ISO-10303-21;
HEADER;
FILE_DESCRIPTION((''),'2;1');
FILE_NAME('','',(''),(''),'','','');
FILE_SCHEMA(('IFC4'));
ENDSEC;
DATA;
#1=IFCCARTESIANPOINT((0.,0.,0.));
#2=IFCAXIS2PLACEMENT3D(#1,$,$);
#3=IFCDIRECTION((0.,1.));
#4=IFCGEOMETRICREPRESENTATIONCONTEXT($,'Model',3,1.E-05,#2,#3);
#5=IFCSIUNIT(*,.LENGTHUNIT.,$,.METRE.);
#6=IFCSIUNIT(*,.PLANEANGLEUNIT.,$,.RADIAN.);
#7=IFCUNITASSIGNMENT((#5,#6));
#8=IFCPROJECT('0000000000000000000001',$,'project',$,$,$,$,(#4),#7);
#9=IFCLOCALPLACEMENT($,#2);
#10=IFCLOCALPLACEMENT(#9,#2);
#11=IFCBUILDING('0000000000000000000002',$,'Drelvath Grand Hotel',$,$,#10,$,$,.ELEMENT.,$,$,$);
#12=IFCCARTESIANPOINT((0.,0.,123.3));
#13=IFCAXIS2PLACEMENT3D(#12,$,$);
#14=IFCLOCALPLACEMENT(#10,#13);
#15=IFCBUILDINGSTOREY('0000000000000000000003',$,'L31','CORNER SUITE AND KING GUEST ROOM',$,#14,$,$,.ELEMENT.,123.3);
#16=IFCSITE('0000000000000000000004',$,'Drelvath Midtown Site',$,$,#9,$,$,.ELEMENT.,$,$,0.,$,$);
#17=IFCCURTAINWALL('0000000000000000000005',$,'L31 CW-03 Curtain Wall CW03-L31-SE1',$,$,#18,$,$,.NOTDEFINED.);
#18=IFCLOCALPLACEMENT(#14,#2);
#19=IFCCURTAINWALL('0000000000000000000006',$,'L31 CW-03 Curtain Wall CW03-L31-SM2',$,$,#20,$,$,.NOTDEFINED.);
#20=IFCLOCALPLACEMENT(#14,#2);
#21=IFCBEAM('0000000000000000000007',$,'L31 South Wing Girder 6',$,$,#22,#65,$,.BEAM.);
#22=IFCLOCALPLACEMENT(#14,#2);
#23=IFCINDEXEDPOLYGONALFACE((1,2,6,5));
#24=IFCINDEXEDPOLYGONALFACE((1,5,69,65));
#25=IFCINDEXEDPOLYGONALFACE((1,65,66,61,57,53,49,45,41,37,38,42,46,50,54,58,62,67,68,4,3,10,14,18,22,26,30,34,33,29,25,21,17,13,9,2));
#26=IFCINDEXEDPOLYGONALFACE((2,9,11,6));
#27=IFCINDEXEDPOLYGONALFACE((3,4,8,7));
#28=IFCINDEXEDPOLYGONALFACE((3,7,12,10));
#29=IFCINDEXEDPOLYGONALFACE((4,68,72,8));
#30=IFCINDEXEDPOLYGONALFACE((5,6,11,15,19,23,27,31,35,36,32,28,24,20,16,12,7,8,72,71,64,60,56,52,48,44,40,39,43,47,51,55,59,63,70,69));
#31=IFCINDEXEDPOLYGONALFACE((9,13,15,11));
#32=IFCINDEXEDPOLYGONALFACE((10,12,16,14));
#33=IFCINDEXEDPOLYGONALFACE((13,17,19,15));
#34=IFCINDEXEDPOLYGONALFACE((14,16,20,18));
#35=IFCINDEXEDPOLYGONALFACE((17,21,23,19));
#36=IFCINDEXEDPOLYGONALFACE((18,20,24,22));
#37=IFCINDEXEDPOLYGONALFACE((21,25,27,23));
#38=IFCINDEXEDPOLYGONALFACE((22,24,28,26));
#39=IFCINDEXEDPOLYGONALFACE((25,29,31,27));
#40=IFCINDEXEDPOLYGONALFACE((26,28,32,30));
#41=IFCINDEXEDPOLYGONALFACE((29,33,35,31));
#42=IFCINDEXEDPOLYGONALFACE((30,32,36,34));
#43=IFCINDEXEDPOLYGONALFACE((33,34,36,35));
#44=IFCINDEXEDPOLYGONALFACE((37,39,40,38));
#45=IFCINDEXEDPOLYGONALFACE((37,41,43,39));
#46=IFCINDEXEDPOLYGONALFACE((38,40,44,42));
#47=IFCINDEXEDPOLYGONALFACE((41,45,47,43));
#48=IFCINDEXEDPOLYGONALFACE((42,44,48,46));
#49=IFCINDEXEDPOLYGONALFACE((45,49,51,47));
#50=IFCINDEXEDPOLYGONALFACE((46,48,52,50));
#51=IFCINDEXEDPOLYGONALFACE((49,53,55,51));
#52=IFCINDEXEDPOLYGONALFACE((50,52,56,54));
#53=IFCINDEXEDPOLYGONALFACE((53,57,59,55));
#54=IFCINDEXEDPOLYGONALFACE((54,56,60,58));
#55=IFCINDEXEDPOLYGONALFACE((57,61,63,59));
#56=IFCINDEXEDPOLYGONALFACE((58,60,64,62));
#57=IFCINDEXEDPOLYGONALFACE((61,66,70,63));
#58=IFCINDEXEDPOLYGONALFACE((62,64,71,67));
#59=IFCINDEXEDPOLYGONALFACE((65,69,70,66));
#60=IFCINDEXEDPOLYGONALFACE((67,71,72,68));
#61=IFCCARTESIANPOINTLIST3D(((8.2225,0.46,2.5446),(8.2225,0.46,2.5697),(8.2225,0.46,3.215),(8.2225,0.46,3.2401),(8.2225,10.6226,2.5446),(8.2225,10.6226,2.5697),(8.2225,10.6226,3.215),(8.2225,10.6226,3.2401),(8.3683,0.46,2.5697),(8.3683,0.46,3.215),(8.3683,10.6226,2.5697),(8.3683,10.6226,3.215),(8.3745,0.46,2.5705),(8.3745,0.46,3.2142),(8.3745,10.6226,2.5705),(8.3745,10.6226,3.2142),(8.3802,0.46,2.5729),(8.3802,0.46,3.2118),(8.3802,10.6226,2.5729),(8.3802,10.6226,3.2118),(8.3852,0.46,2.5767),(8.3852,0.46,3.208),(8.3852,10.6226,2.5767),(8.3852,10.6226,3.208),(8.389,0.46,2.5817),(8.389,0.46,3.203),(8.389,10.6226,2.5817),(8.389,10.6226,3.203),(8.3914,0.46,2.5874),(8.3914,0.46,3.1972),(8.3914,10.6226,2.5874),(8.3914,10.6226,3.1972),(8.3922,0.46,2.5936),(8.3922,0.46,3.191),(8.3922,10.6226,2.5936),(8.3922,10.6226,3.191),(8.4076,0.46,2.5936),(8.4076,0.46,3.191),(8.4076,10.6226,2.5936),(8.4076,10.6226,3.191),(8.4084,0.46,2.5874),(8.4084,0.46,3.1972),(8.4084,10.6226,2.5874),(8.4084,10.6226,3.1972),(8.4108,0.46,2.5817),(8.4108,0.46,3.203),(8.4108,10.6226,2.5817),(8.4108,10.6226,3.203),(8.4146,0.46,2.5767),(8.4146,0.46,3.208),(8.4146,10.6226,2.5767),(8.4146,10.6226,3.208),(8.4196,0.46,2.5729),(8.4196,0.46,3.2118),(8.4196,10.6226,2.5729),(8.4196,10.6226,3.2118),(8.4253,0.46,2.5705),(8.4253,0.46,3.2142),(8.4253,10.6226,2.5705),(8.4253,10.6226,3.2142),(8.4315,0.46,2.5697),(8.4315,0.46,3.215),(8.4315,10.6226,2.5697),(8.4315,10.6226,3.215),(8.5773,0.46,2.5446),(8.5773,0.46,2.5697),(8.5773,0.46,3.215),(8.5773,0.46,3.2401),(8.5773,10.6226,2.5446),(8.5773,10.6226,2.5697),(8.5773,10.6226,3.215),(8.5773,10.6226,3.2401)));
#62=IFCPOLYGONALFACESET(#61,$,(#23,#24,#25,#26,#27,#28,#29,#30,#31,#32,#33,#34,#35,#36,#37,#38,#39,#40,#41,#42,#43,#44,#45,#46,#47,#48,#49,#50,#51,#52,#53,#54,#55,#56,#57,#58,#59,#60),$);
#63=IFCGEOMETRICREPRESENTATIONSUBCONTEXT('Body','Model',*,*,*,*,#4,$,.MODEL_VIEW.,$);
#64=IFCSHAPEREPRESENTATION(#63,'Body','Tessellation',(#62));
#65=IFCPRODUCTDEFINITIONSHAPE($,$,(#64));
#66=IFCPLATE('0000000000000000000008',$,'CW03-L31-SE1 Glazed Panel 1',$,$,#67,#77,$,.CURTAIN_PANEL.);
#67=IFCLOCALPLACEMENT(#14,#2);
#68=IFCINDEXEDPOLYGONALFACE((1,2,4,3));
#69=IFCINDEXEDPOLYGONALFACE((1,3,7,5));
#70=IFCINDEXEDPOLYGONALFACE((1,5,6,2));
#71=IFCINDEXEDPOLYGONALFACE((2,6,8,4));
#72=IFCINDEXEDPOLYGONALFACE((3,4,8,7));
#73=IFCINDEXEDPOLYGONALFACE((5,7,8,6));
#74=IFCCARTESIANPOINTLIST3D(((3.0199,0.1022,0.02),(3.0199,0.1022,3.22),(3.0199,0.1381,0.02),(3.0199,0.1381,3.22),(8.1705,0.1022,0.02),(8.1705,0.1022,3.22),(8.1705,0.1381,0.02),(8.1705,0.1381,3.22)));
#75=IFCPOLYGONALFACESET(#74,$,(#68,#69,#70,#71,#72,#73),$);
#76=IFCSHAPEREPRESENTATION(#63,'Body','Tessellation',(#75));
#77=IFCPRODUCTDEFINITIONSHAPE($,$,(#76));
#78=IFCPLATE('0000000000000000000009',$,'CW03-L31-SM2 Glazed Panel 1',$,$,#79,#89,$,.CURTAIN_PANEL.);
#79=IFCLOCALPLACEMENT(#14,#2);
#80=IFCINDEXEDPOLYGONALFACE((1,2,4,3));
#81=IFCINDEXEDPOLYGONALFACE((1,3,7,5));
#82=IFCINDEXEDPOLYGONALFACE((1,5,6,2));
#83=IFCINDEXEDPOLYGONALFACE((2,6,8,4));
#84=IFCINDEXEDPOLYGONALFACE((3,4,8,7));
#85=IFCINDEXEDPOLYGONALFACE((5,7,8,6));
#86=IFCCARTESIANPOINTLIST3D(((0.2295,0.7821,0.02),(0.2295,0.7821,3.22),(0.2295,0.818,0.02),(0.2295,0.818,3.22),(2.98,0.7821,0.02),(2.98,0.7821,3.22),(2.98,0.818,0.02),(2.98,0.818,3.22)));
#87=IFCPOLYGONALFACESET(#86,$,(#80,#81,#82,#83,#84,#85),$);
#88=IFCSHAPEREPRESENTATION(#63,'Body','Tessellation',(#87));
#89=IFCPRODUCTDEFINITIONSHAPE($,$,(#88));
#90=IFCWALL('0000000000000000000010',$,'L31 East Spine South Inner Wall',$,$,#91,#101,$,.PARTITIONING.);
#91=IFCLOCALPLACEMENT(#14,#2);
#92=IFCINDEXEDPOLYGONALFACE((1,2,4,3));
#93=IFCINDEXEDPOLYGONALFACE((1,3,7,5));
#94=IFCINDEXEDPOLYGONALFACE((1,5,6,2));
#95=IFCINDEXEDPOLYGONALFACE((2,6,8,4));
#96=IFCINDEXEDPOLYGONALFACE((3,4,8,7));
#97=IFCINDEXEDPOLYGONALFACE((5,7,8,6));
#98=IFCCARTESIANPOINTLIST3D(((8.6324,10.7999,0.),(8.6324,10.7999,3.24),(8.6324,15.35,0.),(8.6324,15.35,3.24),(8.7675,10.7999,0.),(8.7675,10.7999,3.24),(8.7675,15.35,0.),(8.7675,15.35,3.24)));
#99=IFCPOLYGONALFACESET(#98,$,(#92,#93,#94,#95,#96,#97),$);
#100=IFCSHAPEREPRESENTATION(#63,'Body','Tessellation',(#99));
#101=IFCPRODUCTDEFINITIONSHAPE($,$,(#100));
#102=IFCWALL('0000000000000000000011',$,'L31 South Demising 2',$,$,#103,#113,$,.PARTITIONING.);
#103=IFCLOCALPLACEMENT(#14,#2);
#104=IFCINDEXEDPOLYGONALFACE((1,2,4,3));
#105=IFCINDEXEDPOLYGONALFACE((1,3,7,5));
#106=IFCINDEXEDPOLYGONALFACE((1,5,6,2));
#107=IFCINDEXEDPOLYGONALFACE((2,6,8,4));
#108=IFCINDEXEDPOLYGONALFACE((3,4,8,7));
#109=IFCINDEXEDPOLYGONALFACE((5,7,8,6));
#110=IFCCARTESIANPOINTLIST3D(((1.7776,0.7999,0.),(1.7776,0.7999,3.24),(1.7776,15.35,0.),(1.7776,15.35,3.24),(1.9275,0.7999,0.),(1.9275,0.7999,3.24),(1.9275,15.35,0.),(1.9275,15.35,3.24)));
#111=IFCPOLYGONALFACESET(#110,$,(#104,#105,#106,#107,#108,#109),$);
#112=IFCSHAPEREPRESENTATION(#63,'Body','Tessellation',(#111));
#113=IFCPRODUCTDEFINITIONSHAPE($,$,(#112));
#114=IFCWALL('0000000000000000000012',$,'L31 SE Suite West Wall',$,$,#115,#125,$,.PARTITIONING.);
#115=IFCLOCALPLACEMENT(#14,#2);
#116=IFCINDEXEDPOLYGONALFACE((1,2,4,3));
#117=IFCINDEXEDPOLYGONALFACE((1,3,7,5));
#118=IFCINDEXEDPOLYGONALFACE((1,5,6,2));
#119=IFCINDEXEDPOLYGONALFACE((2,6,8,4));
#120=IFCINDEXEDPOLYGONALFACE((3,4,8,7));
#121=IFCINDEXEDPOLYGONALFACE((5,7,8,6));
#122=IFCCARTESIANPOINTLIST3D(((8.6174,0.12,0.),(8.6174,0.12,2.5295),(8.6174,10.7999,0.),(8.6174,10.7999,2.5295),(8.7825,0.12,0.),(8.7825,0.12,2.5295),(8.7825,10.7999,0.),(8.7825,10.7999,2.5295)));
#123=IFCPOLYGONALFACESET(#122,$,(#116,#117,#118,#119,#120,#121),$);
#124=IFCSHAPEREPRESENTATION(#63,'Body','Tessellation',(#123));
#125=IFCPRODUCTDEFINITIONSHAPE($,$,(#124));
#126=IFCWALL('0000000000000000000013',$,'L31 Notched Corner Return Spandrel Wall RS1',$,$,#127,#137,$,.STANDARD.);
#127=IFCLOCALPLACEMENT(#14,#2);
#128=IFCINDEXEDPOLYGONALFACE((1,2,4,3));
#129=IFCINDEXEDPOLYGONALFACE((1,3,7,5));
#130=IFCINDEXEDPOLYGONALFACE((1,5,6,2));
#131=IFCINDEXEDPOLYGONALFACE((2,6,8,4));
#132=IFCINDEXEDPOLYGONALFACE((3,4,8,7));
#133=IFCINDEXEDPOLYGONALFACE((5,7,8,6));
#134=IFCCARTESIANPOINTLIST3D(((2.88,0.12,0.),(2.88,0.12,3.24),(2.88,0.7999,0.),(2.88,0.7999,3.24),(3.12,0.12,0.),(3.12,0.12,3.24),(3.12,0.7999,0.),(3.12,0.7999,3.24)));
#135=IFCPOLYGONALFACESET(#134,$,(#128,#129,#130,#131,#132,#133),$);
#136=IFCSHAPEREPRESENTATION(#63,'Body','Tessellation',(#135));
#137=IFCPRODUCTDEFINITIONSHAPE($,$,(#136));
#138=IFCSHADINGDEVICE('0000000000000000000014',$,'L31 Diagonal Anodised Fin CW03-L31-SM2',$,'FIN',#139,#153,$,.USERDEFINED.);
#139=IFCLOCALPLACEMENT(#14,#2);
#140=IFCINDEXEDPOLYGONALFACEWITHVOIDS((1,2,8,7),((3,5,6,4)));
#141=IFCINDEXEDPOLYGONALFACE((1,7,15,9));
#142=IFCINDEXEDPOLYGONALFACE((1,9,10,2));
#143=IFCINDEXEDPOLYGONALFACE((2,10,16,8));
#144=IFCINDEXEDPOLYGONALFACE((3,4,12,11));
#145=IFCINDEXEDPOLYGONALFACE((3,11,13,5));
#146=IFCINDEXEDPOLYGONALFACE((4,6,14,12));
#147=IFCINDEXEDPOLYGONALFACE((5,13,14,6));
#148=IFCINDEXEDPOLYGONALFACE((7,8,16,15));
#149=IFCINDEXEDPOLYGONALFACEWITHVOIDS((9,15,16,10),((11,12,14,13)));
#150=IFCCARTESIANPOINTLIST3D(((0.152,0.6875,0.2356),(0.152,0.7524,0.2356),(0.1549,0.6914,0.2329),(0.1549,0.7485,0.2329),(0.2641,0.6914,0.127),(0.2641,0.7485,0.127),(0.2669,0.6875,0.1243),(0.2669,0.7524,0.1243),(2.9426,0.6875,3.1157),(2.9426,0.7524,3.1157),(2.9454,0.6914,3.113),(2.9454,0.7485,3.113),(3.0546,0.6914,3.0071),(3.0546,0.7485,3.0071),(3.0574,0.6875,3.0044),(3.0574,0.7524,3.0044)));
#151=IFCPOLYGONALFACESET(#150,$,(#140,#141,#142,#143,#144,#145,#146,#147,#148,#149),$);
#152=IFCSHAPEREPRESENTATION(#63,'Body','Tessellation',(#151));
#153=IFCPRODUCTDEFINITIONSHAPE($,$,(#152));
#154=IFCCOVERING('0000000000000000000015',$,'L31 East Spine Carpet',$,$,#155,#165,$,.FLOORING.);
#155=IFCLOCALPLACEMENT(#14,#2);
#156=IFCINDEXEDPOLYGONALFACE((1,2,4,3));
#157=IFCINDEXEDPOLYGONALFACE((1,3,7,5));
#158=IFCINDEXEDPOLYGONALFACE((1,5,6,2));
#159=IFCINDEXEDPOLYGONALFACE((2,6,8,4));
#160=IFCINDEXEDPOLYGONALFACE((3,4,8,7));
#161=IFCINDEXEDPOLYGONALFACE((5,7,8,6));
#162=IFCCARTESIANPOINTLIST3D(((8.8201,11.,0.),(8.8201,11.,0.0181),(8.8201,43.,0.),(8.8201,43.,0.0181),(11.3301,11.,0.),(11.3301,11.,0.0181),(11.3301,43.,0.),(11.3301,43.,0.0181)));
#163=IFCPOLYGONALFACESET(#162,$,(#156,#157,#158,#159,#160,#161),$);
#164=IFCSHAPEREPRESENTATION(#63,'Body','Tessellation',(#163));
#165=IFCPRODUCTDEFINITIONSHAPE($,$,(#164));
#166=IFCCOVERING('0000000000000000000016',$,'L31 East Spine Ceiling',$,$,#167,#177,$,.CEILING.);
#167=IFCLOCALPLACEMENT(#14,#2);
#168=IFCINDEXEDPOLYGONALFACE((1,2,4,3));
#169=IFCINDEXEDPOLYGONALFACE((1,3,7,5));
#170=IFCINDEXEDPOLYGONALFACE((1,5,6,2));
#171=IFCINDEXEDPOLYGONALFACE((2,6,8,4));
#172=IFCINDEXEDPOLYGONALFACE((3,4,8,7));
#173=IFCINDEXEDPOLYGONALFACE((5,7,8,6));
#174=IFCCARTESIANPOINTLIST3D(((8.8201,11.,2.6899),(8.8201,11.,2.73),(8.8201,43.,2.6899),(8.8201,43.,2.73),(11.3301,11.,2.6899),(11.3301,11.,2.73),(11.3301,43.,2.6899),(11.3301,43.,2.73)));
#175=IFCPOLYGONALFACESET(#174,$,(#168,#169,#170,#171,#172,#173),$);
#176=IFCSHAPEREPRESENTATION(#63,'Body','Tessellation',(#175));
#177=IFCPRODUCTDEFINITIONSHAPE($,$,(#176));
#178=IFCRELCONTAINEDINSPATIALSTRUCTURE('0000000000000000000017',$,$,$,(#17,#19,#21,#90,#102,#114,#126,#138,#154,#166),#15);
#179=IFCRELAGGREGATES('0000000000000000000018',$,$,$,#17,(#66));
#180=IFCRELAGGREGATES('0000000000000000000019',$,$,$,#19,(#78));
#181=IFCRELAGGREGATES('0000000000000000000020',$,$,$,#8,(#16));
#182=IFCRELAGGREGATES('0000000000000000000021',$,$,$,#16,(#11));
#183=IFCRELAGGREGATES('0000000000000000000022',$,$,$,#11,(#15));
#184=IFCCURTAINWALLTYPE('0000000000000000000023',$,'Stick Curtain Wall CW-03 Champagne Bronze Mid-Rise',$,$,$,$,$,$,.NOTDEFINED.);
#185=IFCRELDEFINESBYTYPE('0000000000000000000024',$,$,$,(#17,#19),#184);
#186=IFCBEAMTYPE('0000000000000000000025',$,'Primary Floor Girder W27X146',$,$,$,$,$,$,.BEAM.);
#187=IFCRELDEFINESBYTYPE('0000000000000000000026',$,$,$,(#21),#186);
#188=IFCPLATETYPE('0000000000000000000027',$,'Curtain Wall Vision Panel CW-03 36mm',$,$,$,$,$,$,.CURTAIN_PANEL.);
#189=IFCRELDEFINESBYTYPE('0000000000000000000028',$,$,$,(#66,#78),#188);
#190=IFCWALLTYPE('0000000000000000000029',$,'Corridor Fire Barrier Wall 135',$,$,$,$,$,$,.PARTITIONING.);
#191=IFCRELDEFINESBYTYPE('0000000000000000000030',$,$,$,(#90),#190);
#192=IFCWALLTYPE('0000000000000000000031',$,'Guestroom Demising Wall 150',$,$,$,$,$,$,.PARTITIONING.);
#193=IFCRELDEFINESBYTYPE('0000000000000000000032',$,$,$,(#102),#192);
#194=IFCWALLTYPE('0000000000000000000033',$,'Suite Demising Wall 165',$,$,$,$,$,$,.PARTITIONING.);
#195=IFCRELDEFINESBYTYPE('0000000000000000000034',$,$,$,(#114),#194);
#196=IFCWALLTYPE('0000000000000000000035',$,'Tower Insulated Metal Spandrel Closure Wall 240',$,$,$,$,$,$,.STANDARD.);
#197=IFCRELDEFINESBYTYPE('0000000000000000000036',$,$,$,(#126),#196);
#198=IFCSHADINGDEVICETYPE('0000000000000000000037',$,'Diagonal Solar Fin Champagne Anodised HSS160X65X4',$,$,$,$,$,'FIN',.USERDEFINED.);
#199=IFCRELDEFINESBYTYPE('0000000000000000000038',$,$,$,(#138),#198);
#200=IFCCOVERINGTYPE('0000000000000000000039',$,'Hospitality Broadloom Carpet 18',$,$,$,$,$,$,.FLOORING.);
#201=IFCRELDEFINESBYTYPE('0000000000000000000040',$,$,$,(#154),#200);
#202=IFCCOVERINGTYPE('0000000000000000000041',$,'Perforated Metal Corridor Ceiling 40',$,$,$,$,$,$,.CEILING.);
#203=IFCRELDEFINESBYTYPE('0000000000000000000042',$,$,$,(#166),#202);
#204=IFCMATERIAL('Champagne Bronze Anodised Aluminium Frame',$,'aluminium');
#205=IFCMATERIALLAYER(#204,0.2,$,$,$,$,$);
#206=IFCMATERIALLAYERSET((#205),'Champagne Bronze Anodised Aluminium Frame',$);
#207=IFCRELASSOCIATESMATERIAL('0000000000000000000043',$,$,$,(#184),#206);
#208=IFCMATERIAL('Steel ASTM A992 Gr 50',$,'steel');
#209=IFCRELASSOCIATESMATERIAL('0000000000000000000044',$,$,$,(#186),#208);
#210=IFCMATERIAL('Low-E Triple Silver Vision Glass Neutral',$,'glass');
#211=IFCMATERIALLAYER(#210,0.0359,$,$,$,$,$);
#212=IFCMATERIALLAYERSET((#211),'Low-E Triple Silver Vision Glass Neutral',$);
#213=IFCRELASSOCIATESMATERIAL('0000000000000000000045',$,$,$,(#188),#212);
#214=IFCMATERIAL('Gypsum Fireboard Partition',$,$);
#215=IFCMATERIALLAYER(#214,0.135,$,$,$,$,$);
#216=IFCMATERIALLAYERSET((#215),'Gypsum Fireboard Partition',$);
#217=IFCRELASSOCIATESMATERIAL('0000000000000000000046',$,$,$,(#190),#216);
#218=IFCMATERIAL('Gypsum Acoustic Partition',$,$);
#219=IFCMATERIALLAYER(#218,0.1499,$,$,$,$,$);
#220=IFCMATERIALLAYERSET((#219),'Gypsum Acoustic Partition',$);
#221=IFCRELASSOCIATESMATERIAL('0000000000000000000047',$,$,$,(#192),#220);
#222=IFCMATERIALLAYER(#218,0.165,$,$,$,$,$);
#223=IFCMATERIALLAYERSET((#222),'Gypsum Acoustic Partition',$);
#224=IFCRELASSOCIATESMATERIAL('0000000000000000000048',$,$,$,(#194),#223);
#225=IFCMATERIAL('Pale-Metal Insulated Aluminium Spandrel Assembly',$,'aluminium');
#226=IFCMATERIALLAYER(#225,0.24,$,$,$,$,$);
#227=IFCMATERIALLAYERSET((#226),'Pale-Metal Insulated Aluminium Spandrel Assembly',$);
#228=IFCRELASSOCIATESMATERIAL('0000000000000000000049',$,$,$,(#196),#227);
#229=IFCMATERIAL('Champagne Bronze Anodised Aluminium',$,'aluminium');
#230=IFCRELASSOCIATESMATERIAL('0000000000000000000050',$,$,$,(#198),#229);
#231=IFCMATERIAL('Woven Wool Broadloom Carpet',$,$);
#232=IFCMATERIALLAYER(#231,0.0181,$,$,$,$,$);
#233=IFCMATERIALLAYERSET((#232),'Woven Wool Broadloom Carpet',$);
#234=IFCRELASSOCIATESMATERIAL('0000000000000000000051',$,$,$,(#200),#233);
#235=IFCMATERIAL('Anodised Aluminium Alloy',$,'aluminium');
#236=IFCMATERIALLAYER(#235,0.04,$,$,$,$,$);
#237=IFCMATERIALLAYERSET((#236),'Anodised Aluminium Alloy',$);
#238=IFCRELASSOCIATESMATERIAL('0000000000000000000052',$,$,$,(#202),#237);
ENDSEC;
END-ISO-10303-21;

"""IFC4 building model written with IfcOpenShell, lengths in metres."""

from ifc_helpers import new_model, si_unit, direction, frame, frame_2d, origin, origin_2d, place, context, subcontext, project, spatial, polyline, rectangle, hollow_rectangle, i_section, outline, extrude, material, layer, layer_set, material_profile, profile_set, type_object, element, aggregate, save


model = new_model("IFC4")

# Units and contexts
model_context = context("Model", 3, precision=1e-05, world=origin(), true_north=direction((0.0, 1.0)))
body_context = subcontext(model_context, "Body", "Model", "MODEL_VIEW")
ifc_project = project(units=[si_unit("LENGTHUNIT", "METRE"), si_unit("PLANEANGLEUNIT", "RADIAN")], contexts=[model_context])

# Site, building, storey
site_placement = place(None, origin())
site = spatial("IfcSite", under=ifc_project, at=site_placement, Name="Drelvath Midtown Site", CompositionType="ELEMENT", RefElevation=0.0)
building_placement = place(site_placement, origin())
building = spatial("IfcBuilding", under=site, at=building_placement, Name="Drelvath Grand Hotel", CompositionType="ELEMENT")
storey_placement = place(building_placement, frame((0.0, 0.0, 123.3)))
storey = spatial("IfcBuildingStorey", under=building, at=storey_placement, Name="L31", Description="CORNER SUITE AND KING GUEST ROOM", CompositionType="ELEMENT", Elevation=123.3)

# Curtain walls
ifc_material_1 = material(Name="Champagne Bronze Anodised Aluminium Frame", Category="aluminium")
ifc_layer_1 = layer(ifc_material_1, 0.2)
ifc_layer_set_1 = layer_set([ifc_layer_1], Name="Champagne Bronze Anodised Aluminium Frame")
curtain_wall_type = type_object("IfcCurtainWallType", Name="Stick Curtain Wall CW-03 Champagne Bronze Mid-Rise", PredefinedType="NOTDEFINED", material=ifc_layer_set_1)
curtain_wall_1_placement = place(storey_placement, origin())
curtain_wall_1 = element("IfcCurtainWall", 1, at=curtain_wall_1_placement, inside=storey, type_object=curtain_wall_type, Name="L31 CW-03 Curtain Wall CW03-L31-SE1", PredefinedType="NOTDEFINED")
curtain_wall_2_placement = place(storey_placement, origin())
curtain_wall_2 = element("IfcCurtainWall", 2, at=curtain_wall_2_placement, inside=storey, type_object=curtain_wall_type, Name="L31 CW-03 Curtain Wall CW03-L31-SM2", PredefinedType="NOTDEFINED")

# Beam
ifc_material_2 = material(Name="Steel ASTM A992 Gr 50", Category="steel")
ifc_material_profile_1 = material_profile(ifc_material_2, i_section(OverallWidth=0.3547, OverallDepth=0.6956, WebThickness=0.0154, FlangeThickness=0.0251, FilletRadius=0.0239, at=origin_2d()), Name="W27X146")
ifc_profile_set_1 = profile_set([ifc_material_profile_1], Name="Steel ASTM A992 Gr 50")
beam_type_1 = type_object("IfcBeamType", Name="Primary Floor Girder W27X146", PredefinedType="BEAM", material=ifc_profile_set_1)
beam_1_placement = place(storey_placement, frame((8.3999, 0.46, 2.8923), z_axis=(0.0, 1.0, 0.0), x_axis=(-1.0, 0.0, 0.0)))
element("IfcBeam", 3, at=beam_1_placement, inside=storey, type_object=beam_type_1, Name="L31 South Wing Girder 6", PredefinedType="BEAM", context=body_context, shape_type="SweptSolid", body=[
    extrude(i_section(OverallWidth=0.3547, OverallDepth=0.6956, WebThickness=0.0154, FlangeThickness=0.0251, FilletRadius=0.0239, at=origin_2d()), origin(), (0.0, 0.0, 1.0), 10.1626),
])

# Plates
ifc_material_3 = material(Name="Low-E Triple Silver Vision Glass Neutral", Category="glass")
ifc_layer_2 = layer(ifc_material_3, 0.0359)
ifc_layer_set_2 = layer_set([ifc_layer_2], Name="Low-E Triple Silver Vision Glass Neutral")
plate_type = type_object("IfcPlateType", Name="Curtain Wall Vision Panel CW-03 36mm", PredefinedType="CURTAIN_PANEL", material=ifc_layer_set_2)
plate_1_placement = place(storey_placement, frame((5.5952, 0.1201, 0.02), z_axis=(0.0, 0.0, 1.0), x_axis=(-1.0, 0.0, 0.0)))
plate_1 = element("IfcPlate", 4, at=plate_1_placement, type_object=plate_type, Name="CW03-L31-SE1 Glazed Panel 1", PredefinedType="CURTAIN_PANEL", context=body_context, shape_type="SweptSolid", body=[
    extrude(rectangle(XDim=5.1506, YDim=0.0359, at=origin_2d()), origin(), (0.0, 0.0, 1.0), 3.2),
])
aggregate(curtain_wall_1, [plate_1])
plate_2_placement = place(storey_placement, frame((1.6047, 0.8, 0.02), z_axis=(0.0, 0.0, 1.0), x_axis=(-1.0, 0.0, 0.0)))
plate_2 = element("IfcPlate", 5, at=plate_2_placement, type_object=plate_type, Name="CW03-L31-SM2 Glazed Panel 1", PredefinedType="CURTAIN_PANEL", context=body_context, shape_type="SweptSolid", body=[
    extrude(rectangle(XDim=2.7505, YDim=0.0359, at=origin_2d()), origin(), (0.0, 0.0, 1.0), 3.2),
])
aggregate(curtain_wall_2, [plate_2])

# Wall
ifc_material_4 = material(Name="Gypsum Fireboard Partition")
ifc_layer_3 = layer(ifc_material_4, 0.135)
ifc_layer_set_3 = layer_set([ifc_layer_3], Name="Gypsum Fireboard Partition")
wall_type_1 = type_object("IfcWallType", Name="Corridor Fire Barrier Wall 135", PredefinedType="PARTITIONING", material=ifc_layer_set_3)
wall_1_placement = place(storey_placement, frame((8.7, 10.8, 0.0), z_axis=(0.0, 0.0, 1.0), x_axis=(0.0, 1.0, 0.0)))
element("IfcWall", 6, at=wall_1_placement, inside=storey, type_object=wall_type_1, Name="L31 East Spine South Inner Wall", PredefinedType="PARTITIONING", context=body_context, shape_type="SweptSolid", body=[
    extrude(rectangle(XDim=4.55, YDim=0.135, at=frame_2d((2.2749, 0.0))), origin(), (0.0, 0.0, 1.0), 3.24),
])

# Walls
ifc_material_5 = material(Name="Gypsum Acoustic Partition")
ifc_layer_4 = layer(ifc_material_5, 0.1499)
ifc_layer_set_4 = layer_set([ifc_layer_4], Name="Gypsum Acoustic Partition")
wall_type_2 = type_object("IfcWallType", Name="Guestroom Demising Wall 150", PredefinedType="PARTITIONING", material=ifc_layer_set_4)
wall_2_placement = place(storey_placement, frame((1.8525, 0.8, 0.0), z_axis=(0.0, 0.0, 1.0), x_axis=(0.0, 1.0, 0.0)))
element("IfcWall", 7, at=wall_2_placement, inside=storey, type_object=wall_type_2, Name="L31 South Demising 2", PredefinedType="PARTITIONING", context=body_context, shape_type="SweptSolid", body=[
    extrude(rectangle(XDim=14.55, YDim=0.1499, at=frame_2d((7.2749, 0.0))), origin(), (0.0, 0.0, 1.0), 3.24),
])
ifc_layer_5 = layer(ifc_material_5, 0.165)
ifc_layer_set_5 = layer_set([ifc_layer_5], Name="Gypsum Acoustic Partition")
wall_type_3 = type_object("IfcWallType", Name="Suite Demising Wall 165", PredefinedType="PARTITIONING", material=ifc_layer_set_5)
wall_3_placement = place(storey_placement, frame((8.7, 0.1201, 0.0), z_axis=(0.0, 0.0, 1.0), x_axis=(0.0, 1.0, 0.0)))
element("IfcWall", 8, at=wall_3_placement, inside=storey, type_object=wall_type_3, Name="L31 SE Suite West Wall", PredefinedType="PARTITIONING", context=body_context, shape_type="SweptSolid", body=[
    extrude(rectangle(XDim=10.6799, YDim=0.165, at=frame_2d((5.3398, 0.0))), origin(), (0.0, 0.0, 1.0), 2.5295),
])
ifc_material_6 = material(Name="Pale-Metal Insulated Aluminium Spandrel Assembly", Category="aluminium")
ifc_layer_6 = layer(ifc_material_6, 0.24)
ifc_layer_set_6 = layer_set([ifc_layer_6], Name="Pale-Metal Insulated Aluminium Spandrel Assembly")
wall_type_4 = type_object("IfcWallType", Name="Tower Insulated Metal Spandrel Closure Wall 240", PredefinedType="STANDARD", material=ifc_layer_set_6)
wall_4_placement = place(storey_placement, frame((3.0, 0.1201, 0.0), z_axis=(0.0, 0.0, 1.0), x_axis=(0.0, 1.0, 0.0)))
element("IfcWall", 9, at=wall_4_placement, inside=storey, type_object=wall_type_4, Name="L31 Notched Corner Return Spandrel Wall RS1", PredefinedType="STANDARD", context=body_context, shape_type="SweptSolid", body=[
    extrude(rectangle(XDim=0.6799, YDim=0.24, at=frame_2d((0.3398, 0.0))), origin(), (0.0, 0.0, 1.0), 3.24),
])

# Shading device
ifc_material_7 = material(Name="Champagne Bronze Anodised Aluminium", Category="aluminium")
ifc_material_profile_2 = material_profile(ifc_material_7, hollow_rectangle(XDim=0.0649, YDim=0.1599, WallThickness=0.0039, at=origin_2d()), Name="HSS160X65X4")
ifc_profile_set_2 = profile_set([ifc_material_profile_2], Name="Champagne Bronze Anodised Aluminium")
shading_device_type = type_object("IfcShadingDeviceType", Name="Diagonal Solar Fin Champagne Anodised HSS160X65X4", ElementType="FIN", PredefinedType="USERDEFINED", material=ifc_profile_set_2)
shading_device_placement = place(storey_placement, frame((0.2095, 0.72, 0.1799), z_axis=(0.695847, 0.0, 0.71819), x_axis=(0.0, 1.0, 0.0)))
element("IfcShadingDevice", 10, at=shading_device_placement, inside=storey, type_object=shading_device_type, Name="L31 Diagonal Anodised Fin CW03-L31-SM2", ObjectType="FIN", PredefinedType="USERDEFINED", context=body_context, shape_type="SweptSolid", body=[
    extrude(hollow_rectangle(XDim=0.0649, YDim=0.1599, WallThickness=0.0039, at=origin_2d()), origin(), (0.0, 0.0, 1.0), 4.0103),
])

# Coverings
ifc_material_8 = material(Name="Woven Wool Broadloom Carpet")
ifc_layer_7 = layer(ifc_material_8, 0.0181)
ifc_layer_set_7 = layer_set([ifc_layer_7], Name="Woven Wool Broadloom Carpet")
covering_type_1 = type_object("IfcCoveringType", Name="Hospitality Broadloom Carpet 18", PredefinedType="FLOORING", material=ifc_layer_set_7)
covering_1_placement = place(storey_placement, origin())
element("IfcCovering", 11, at=covering_1_placement, inside=storey, type_object=covering_type_1, Name="L31 East Spine Carpet", PredefinedType="FLOORING", context=body_context, shape_type="SweptSolid", body=[
    extrude(outline(polyline([(11.3301, 11.0), (11.3301, 43.0), (8.8201, 43.0), (8.8201, 11.0), (11.3301, 11.0)])), origin(), (0.0, 0.0, 1.0), 0.0181),
])
ifc_material_9 = material(Name="Anodised Aluminium Alloy", Category="aluminium")
ifc_layer_8 = layer(ifc_material_9, 0.04)
ifc_layer_set_8 = layer_set([ifc_layer_8], Name="Anodised Aluminium Alloy")
covering_type_2 = type_object("IfcCoveringType", Name="Perforated Metal Corridor Ceiling 40", PredefinedType="CEILING", material=ifc_layer_set_8)
covering_2_placement = place(storey_placement, frame((0.0, 0.0, 2.6899)))
element("IfcCovering", 12, at=covering_2_placement, inside=storey, type_object=covering_type_2, Name="L31 East Spine Ceiling", PredefinedType="CEILING", context=body_context, shape_type="SweptSolid", body=[
    extrude(outline(polyline([(11.3301, 11.0), (11.3301, 43.0), (8.8201, 43.0), (8.8201, 11.0), (11.3301, 11.0)])), origin(), (0.0, 0.0, 1.0), 0.04),
])

save(model, "model.ifc")
